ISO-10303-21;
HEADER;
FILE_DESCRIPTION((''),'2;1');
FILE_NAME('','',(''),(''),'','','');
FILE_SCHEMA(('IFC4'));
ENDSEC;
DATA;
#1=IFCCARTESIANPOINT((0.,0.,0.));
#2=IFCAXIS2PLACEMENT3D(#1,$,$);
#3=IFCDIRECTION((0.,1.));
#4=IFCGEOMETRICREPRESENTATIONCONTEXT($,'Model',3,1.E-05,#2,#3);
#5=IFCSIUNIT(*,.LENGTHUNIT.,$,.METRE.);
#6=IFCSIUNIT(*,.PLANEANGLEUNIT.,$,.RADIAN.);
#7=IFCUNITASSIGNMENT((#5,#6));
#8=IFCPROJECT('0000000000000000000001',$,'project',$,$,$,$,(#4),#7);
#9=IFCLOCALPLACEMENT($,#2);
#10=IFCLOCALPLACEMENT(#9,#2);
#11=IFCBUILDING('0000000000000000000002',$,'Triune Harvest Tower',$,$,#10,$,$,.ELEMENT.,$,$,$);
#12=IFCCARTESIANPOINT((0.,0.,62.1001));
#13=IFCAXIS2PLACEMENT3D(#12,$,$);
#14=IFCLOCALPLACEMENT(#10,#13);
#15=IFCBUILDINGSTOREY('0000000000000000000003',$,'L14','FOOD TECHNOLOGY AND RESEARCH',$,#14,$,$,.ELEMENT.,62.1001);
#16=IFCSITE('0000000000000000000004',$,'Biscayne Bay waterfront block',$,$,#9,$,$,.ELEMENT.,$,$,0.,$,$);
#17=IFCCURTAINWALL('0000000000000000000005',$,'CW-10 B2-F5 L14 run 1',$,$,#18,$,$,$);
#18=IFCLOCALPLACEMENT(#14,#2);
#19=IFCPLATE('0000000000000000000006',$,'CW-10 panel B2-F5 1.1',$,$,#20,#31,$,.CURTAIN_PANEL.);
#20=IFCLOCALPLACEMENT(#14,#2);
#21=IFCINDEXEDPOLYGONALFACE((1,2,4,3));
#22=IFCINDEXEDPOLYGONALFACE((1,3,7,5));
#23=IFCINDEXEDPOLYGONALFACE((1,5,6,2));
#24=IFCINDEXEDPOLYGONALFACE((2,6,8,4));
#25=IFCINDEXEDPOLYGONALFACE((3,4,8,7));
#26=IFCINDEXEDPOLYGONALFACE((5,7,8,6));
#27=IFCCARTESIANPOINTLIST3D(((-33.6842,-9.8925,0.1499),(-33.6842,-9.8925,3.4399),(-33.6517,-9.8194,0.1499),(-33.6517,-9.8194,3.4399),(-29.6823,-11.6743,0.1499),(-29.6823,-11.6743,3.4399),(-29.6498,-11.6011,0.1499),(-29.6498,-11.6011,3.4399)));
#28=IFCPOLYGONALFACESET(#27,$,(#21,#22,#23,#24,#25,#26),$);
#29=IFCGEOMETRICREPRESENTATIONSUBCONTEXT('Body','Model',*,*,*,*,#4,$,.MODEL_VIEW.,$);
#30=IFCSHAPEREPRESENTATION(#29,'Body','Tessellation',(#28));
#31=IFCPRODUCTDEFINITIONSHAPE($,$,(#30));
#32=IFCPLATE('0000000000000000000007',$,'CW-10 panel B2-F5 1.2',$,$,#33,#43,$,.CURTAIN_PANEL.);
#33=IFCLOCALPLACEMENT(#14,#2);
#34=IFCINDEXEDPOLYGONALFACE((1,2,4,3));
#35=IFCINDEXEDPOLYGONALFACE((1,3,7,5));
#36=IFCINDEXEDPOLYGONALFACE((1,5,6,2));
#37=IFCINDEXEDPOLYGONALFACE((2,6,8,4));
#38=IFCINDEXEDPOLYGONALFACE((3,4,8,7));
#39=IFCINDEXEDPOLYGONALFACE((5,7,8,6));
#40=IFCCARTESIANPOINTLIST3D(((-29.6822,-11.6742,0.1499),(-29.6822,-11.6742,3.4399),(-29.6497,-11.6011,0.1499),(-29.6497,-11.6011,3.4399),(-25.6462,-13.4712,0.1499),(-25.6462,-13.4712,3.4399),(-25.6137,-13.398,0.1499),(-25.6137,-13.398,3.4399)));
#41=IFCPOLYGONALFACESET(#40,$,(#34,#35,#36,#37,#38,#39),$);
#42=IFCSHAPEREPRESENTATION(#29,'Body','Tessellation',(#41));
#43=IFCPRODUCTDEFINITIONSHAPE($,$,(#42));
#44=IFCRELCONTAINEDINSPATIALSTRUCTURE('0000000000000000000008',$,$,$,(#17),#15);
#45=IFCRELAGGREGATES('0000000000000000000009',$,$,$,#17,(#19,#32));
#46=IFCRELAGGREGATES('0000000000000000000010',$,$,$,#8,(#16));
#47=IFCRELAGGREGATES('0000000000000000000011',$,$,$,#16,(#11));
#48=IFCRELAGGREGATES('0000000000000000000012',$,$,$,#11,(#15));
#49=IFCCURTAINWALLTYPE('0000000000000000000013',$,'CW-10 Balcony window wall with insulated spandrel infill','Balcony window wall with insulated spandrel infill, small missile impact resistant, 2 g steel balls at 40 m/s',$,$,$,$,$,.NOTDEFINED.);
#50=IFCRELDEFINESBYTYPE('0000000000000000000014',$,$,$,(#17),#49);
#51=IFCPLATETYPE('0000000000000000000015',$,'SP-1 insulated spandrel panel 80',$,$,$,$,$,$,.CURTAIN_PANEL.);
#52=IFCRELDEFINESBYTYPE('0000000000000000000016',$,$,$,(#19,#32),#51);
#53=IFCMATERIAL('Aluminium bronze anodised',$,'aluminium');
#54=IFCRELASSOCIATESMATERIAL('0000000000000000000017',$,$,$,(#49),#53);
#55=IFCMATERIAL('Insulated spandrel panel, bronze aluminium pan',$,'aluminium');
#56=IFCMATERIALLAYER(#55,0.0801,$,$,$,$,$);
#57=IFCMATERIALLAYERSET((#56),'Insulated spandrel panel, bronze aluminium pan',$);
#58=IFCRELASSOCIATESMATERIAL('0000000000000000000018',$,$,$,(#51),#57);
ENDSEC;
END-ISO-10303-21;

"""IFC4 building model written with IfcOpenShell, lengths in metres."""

from ifc_helpers import new_model, si_unit, direction, frame, origin, origin_2d, place, context, subcontext, project, spatial, rectangle, extrude, source, transform, mapped, material, layer, layer_set, type_object, element, aggregate, save


model = new_model("IFC4")

# Units and contexts
model_context = context("Model", 3, precision=1e-05, world=origin(), true_north=direction((0.0, 1.0)))
body_context = subcontext(model_context, "Body", "Model", "MODEL_VIEW")
ifc_project = project(units=[si_unit("LENGTHUNIT", "METRE"), si_unit("PLANEANGLEUNIT", "RADIAN")], contexts=[model_context])

# Site, building, storey
site_placement = place(None, origin())
site = spatial("IfcSite", under=ifc_project, at=site_placement, Name="Biscayne Bay waterfront block", CompositionType="ELEMENT", RefElevation=0.0)
building_placement = place(site_placement, origin())
building = spatial("IfcBuilding", under=site, at=building_placement, Name="Triune Harvest Tower", CompositionType="ELEMENT")
storey_placement = place(building_placement, frame((0.0, 0.0, 62.1001)))
storey = spatial("IfcBuildingStorey", under=building, at=storey_placement, Name="L14", Description="FOOD TECHNOLOGY AND RESEARCH", CompositionType="ELEMENT", Elevation=62.1001)

# Curtain wall
ifc_material_1 = material(Name="Aluminium bronze anodised", Category="aluminium")
curtain_wall_type_1 = type_object("IfcCurtainWallType", Name="CW-10 Balcony window wall with insulated spandrel infill", Description="Balcony window wall with insulated spandrel infill, small missile impact resistant, 2 g steel balls at 40 m/s", PredefinedType="NOTDEFINED", material=ifc_material_1)
curtain_wall_1_placement = place(storey_placement, origin())
curtain_wall_1 = element("IfcCurtainWall", 1, at=curtain_wall_1_placement, inside=storey, type_object=curtain_wall_type_1, Name="CW-10 B2-F5 L14 run 1")

# Plates
ifc_material_2 = material(Name="Insulated spandrel panel, bronze aluminium pan", Category="aluminium")
ifc_layer_1 = layer(ifc_material_2, 0.0801)
ifc_layer_set_1 = layer_set([ifc_layer_1], Name="Insulated spandrel panel, bronze aluminium pan")
plate_type_1 = type_object("IfcPlateType", Name="SP-1 insulated spandrel panel 80", PredefinedType="CURTAIN_PANEL", material=ifc_layer_set_1)
shared_shape_1 = source(origin(), body_context, "Body", "SweptSolid", [
    extrude(rectangle(XDim=4.3806, YDim=0.0801, at=origin_2d()), origin(), (0.0, 0.0, 1.0), 3.29),
])
plate_1_placement = place(storey_placement, frame((-31.667, -10.7468, 0.1499), z_axis=(0.0, 0.0, 1.0), x_axis=(0.913545, -0.406737, 0.0)))
plate_1 = element("IfcPlate", 2, at=plate_1_placement, type_object=plate_type_1, Name="CW-10 panel B2-F5 1.1", PredefinedType="CURTAIN_PANEL", context=body_context, shape_type="MappedRepresentation", body=[
    mapped(shared_shape_1, transform((0.0, 0.0, 0.0), scale=1.0)),
])
shared_shape_2 = source(origin(), body_context, "Body", "SweptSolid", [
    extrude(rectangle(XDim=4.418, YDim=0.0801, at=origin_2d()), origin(), (0.0, 0.0, 1.0), 3.29),
])
plate_2_placement = place(storey_placement, frame((-27.6479, -12.5361, 0.1499), z_axis=(0.0, 0.0, 1.0), x_axis=(0.913545, -0.406737, 0.0)))
plate_2 = element("IfcPlate", 3, at=plate_2_placement, type_object=plate_type_1, Name="CW-10 panel B2-F5 1.2", PredefinedType="CURTAIN_PANEL", context=body_context, shape_type="MappedRepresentation", body=[
    mapped(shared_shape_2, transform((0.0, 0.0, 0.0), scale=1.0)),
])
aggregate(curtain_wall_1, [plate_1, plate_2])

save(model, "model.ifc")
